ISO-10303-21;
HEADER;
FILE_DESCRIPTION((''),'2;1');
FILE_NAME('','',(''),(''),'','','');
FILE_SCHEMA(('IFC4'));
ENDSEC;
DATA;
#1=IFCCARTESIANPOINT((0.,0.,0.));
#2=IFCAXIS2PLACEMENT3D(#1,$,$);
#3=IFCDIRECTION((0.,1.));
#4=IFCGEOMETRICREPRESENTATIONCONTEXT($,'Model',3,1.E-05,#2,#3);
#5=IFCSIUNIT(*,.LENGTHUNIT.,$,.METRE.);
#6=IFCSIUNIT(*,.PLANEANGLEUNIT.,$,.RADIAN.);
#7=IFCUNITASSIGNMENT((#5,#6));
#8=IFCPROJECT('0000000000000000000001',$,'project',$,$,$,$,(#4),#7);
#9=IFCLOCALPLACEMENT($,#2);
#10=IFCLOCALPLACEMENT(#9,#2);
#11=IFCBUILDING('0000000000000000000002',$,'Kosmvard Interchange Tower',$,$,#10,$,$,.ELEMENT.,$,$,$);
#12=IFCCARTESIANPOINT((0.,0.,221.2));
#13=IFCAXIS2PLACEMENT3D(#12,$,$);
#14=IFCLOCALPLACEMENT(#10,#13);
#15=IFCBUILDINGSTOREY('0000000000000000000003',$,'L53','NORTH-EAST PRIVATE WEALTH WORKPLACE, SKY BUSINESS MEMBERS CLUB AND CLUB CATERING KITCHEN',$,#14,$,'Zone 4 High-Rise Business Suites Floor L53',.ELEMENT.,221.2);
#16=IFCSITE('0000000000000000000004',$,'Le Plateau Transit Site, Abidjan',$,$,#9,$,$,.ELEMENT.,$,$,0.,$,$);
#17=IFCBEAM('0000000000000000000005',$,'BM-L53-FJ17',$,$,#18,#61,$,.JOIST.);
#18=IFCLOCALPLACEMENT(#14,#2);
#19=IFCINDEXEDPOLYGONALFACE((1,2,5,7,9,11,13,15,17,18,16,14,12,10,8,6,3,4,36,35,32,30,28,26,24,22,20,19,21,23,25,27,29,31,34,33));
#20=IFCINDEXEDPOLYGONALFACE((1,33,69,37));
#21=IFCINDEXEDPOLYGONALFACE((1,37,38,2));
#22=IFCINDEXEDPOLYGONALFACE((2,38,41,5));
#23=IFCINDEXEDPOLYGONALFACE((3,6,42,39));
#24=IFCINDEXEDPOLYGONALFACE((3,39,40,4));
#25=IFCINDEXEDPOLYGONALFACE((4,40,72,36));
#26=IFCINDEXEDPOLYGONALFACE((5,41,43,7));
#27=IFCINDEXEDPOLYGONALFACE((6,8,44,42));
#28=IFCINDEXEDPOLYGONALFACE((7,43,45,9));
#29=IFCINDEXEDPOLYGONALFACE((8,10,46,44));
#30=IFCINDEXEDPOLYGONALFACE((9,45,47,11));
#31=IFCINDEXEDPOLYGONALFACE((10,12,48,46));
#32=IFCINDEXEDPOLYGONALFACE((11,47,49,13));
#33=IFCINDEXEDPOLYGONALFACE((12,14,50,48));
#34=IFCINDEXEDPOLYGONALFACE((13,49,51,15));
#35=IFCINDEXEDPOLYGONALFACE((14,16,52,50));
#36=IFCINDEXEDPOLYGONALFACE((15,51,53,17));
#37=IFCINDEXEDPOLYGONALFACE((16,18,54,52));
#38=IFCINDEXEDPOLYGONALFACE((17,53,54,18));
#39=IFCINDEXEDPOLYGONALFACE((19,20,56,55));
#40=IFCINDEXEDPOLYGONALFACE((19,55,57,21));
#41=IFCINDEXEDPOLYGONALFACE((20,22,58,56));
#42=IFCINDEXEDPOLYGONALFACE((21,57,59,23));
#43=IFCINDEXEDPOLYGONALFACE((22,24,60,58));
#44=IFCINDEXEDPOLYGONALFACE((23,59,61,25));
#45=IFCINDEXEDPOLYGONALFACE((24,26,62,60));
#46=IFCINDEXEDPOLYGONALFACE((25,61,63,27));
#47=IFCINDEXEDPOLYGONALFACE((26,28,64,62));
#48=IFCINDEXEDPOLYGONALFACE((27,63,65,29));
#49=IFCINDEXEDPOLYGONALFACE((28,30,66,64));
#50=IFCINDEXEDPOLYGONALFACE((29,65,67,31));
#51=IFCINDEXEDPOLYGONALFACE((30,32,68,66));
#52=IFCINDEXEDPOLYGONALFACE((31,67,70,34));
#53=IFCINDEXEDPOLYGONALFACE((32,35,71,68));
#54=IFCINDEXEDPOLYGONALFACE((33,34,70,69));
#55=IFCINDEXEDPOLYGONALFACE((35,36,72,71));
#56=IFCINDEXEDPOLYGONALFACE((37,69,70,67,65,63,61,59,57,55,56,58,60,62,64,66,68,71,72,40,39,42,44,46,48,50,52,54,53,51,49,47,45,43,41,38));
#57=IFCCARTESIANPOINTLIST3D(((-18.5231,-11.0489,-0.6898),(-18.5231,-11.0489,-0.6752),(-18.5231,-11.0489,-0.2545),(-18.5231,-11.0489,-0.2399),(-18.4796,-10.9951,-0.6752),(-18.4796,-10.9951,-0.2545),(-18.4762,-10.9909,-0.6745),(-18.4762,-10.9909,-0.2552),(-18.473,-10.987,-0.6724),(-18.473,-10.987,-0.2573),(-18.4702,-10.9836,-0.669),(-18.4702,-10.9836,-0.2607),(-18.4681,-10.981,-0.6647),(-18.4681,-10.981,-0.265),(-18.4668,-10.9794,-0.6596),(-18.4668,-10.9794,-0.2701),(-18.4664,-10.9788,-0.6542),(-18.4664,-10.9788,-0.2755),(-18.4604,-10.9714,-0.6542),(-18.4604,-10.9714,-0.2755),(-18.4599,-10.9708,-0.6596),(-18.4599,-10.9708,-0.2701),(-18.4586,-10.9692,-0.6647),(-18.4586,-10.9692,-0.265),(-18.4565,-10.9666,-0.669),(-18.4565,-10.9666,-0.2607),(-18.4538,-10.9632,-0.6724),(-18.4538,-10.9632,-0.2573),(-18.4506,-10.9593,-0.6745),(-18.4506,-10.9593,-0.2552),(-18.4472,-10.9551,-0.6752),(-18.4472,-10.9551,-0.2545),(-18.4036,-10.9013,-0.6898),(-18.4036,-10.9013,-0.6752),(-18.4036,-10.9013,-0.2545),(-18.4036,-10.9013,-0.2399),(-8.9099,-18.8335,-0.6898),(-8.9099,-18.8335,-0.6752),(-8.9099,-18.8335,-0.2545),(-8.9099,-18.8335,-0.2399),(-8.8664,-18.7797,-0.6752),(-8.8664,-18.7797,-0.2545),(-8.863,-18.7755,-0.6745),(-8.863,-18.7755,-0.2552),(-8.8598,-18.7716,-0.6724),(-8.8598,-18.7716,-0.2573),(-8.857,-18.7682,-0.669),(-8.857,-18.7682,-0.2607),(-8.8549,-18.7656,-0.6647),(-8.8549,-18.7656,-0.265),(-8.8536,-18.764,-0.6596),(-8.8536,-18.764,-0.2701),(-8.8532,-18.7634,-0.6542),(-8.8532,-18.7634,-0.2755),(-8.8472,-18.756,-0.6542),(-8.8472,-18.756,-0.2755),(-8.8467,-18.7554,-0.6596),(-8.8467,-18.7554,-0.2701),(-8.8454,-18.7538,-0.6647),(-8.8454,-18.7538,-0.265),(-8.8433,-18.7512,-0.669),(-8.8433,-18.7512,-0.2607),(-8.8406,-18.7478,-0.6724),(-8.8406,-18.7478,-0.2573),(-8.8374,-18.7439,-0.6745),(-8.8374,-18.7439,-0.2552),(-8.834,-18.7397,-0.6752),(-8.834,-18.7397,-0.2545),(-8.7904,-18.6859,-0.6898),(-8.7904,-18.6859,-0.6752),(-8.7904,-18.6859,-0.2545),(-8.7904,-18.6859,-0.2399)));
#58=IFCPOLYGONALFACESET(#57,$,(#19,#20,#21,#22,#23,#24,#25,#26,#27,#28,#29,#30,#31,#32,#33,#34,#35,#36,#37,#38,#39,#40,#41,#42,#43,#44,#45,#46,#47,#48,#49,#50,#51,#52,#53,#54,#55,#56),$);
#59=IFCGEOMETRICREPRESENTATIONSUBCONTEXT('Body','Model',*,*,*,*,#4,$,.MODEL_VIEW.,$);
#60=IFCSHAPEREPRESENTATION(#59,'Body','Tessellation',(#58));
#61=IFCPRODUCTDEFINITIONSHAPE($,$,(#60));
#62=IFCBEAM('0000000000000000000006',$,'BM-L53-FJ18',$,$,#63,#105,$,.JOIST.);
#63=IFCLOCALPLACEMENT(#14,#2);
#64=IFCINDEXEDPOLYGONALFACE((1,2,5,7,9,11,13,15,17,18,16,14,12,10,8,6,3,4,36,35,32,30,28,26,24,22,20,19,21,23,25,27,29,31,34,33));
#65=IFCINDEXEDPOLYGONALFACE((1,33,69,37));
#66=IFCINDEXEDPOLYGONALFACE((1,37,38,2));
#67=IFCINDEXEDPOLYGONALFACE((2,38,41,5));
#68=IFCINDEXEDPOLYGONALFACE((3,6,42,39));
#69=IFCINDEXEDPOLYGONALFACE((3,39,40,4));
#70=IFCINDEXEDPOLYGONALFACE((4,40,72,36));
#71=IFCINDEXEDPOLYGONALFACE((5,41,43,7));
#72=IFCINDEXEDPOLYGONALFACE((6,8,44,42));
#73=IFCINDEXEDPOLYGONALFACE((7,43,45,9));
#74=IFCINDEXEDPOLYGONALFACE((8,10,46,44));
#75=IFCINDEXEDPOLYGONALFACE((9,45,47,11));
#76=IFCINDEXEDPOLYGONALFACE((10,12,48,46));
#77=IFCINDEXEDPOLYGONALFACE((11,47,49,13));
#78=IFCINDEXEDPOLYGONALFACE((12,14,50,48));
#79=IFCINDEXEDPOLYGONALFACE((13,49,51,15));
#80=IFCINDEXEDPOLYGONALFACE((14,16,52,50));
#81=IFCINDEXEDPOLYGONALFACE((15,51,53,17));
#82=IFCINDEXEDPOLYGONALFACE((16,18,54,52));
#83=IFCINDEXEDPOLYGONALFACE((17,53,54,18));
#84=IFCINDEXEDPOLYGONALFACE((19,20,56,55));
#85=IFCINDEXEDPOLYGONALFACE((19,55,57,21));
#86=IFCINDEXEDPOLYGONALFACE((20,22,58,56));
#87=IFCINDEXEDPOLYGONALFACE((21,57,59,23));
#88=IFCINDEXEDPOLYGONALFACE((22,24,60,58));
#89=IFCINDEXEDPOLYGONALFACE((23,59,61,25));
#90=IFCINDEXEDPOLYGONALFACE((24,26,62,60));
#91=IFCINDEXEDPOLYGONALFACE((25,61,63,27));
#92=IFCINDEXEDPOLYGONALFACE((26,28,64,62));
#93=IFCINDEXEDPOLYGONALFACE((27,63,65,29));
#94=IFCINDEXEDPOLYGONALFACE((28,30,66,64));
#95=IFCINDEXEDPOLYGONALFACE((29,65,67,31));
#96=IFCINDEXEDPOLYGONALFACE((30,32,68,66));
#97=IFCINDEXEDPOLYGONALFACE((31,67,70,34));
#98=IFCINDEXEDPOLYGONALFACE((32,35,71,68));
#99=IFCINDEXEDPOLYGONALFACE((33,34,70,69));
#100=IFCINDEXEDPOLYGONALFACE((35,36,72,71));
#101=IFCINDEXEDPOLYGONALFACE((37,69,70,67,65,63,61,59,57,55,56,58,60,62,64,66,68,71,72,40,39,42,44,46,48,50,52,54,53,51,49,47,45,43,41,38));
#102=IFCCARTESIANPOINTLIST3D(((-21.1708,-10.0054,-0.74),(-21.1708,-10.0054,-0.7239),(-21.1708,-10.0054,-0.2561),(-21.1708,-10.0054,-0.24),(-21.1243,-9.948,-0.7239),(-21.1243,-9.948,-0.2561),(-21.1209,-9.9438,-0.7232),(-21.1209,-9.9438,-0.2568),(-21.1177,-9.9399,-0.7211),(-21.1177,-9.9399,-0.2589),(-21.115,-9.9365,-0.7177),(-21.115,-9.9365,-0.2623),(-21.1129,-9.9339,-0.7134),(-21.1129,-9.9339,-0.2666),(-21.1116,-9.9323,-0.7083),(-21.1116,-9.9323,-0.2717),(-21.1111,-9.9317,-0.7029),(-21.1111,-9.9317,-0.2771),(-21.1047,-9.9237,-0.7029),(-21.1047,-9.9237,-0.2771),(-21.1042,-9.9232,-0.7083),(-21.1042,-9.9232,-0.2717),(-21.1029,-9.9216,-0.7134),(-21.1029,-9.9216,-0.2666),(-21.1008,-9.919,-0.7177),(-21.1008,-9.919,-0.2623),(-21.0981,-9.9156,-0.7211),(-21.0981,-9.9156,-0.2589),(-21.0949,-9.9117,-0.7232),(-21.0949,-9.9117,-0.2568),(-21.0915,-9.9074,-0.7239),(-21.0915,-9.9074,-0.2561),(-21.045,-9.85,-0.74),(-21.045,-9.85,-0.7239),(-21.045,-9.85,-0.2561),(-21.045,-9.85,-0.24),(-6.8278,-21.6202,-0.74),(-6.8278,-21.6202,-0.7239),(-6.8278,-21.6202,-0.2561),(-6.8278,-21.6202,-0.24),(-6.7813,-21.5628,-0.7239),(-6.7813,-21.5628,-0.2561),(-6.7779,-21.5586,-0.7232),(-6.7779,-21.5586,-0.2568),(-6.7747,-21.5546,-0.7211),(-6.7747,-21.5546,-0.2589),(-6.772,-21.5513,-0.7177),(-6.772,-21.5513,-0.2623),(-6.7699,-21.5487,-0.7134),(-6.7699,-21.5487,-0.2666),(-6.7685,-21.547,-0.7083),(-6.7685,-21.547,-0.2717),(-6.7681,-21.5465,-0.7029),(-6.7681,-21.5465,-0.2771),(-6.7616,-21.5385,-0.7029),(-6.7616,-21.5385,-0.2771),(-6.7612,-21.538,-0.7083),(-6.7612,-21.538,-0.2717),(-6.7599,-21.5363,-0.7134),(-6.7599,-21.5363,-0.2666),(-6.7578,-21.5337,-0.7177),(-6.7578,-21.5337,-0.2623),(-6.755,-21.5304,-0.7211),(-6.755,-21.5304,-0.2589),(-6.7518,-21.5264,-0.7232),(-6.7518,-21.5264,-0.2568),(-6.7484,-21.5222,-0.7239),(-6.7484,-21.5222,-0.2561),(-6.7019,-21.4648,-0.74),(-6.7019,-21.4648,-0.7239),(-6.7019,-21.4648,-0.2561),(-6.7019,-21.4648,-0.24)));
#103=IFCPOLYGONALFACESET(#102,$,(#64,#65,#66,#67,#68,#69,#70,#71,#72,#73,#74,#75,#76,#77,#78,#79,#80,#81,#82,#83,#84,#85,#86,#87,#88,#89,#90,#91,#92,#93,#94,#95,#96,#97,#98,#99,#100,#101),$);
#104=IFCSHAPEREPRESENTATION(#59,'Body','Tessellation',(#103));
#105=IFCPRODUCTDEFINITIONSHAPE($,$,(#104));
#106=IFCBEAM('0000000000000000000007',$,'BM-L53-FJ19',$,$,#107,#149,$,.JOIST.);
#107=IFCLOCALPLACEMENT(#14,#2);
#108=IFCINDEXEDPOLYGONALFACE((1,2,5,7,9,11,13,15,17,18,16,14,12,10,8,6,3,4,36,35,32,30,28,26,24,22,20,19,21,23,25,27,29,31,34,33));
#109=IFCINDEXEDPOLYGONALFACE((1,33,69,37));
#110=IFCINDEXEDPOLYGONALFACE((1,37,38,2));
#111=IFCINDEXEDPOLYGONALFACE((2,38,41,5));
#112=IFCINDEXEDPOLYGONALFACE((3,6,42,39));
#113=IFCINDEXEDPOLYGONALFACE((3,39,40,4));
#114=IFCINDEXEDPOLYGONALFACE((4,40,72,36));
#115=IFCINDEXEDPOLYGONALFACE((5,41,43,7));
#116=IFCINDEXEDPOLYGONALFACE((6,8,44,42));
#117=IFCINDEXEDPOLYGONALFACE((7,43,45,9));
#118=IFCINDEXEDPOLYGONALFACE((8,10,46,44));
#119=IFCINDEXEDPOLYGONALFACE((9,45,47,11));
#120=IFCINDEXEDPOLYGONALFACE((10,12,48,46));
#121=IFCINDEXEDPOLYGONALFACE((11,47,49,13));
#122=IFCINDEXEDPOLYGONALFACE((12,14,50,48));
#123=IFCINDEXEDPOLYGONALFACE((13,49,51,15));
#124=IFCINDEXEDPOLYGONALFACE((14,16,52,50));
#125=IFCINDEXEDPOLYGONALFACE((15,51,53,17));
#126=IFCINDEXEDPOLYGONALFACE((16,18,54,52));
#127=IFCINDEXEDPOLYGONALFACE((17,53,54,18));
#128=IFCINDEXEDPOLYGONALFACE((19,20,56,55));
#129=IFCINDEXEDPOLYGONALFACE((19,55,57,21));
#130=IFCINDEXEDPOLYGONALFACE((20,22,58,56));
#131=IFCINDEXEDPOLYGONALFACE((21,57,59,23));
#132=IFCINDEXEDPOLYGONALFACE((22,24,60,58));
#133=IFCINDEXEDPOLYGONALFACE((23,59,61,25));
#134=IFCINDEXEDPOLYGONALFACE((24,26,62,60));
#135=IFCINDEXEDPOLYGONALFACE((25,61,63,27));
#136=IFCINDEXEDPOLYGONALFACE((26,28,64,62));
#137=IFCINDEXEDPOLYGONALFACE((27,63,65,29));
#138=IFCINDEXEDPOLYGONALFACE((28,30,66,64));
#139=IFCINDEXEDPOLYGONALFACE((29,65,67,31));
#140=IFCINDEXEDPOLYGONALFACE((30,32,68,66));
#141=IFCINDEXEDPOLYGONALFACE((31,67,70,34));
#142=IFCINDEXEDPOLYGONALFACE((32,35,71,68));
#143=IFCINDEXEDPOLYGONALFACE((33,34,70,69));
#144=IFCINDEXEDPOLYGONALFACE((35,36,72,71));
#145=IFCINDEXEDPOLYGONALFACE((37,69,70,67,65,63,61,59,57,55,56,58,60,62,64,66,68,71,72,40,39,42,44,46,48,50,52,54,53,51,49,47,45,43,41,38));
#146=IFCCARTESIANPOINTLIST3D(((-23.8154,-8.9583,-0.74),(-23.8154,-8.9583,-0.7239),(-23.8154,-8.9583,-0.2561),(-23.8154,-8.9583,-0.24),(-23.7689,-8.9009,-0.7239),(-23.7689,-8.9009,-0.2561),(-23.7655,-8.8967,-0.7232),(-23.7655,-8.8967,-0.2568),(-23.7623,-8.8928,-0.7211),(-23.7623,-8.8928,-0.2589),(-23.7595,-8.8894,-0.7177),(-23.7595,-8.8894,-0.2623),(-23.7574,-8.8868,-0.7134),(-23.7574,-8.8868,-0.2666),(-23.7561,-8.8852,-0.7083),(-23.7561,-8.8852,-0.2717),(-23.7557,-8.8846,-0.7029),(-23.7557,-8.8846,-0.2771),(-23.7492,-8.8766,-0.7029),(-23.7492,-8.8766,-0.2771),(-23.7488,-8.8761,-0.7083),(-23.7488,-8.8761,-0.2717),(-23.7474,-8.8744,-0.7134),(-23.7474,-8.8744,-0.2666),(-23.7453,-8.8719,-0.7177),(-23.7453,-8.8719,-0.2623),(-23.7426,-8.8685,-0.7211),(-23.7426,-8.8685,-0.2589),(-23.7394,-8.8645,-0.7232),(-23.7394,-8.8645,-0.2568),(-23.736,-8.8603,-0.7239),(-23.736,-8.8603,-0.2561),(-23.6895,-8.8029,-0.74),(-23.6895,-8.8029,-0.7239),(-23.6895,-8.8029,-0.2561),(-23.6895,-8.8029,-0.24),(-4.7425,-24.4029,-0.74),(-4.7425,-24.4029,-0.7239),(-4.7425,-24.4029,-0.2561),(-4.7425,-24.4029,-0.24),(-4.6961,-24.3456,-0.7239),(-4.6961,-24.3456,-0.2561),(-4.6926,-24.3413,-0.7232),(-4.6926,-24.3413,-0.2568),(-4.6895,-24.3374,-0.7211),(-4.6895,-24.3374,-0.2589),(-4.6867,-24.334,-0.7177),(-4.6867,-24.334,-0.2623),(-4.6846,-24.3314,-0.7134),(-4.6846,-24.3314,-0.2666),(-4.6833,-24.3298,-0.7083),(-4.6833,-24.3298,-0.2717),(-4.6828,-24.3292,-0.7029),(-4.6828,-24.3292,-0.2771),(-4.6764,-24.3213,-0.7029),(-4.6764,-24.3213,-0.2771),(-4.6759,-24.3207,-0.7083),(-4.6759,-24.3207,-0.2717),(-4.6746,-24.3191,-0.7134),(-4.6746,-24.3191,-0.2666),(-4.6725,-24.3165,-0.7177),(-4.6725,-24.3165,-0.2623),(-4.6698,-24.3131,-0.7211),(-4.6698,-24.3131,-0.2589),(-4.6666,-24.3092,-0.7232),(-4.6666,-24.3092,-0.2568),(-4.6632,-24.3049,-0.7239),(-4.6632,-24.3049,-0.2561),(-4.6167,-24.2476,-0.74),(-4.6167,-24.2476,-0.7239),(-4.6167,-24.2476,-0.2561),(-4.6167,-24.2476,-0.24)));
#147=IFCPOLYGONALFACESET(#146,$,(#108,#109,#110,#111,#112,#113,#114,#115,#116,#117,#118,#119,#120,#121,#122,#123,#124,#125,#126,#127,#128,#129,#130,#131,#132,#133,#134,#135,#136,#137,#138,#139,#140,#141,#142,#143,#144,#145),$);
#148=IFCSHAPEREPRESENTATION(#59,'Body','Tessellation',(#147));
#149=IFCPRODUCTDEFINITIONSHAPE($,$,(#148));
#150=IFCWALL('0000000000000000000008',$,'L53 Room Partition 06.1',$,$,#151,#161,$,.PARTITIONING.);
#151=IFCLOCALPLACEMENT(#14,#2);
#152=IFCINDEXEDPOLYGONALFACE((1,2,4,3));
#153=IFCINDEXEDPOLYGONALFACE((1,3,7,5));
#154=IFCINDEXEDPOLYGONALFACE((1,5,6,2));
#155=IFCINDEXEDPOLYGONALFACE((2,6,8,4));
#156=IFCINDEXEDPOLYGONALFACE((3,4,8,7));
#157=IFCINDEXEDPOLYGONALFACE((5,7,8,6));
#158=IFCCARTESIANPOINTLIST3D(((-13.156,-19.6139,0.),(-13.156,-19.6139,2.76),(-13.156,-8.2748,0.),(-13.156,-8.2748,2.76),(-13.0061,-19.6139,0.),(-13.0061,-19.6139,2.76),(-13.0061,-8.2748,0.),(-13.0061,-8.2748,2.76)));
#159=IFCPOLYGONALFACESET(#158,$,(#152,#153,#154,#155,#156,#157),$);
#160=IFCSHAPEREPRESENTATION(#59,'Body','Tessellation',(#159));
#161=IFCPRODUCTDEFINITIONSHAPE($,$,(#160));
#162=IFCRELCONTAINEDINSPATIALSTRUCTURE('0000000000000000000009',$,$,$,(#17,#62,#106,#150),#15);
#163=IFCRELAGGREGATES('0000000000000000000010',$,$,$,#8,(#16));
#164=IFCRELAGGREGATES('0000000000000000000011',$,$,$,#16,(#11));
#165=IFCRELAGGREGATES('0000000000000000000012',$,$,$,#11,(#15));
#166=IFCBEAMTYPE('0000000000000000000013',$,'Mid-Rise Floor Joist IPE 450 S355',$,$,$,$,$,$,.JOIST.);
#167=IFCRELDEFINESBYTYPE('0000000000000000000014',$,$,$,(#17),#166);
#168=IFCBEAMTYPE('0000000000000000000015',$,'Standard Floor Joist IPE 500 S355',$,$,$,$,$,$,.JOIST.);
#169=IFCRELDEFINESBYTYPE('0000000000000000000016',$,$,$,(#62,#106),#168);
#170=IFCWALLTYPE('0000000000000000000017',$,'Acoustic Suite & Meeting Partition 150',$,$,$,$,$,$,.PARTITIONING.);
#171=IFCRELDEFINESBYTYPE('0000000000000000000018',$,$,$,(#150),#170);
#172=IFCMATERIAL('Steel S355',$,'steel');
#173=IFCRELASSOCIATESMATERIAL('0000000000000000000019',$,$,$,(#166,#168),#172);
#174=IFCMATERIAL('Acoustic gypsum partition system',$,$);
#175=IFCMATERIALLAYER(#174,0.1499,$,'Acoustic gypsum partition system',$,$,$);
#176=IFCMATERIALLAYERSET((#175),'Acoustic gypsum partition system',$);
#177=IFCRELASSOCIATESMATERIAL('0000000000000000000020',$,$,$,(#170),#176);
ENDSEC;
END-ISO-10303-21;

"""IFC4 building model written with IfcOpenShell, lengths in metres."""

from ifc_helpers import new_model, si_unit, direction, frame, frame_2d, origin, origin_2d, place, context, subcontext, project, spatial, rectangle, i_section, extrude, source, transform, mapped, material, layer, layer_set, material_profile, profile_set, type_object, element, save


model = new_model("IFC4")

# Units and contexts
model_context = context("Model", 3, precision=1e-05, world=origin(), true_north=direction((0.0, 1.0)))
body_context = subcontext(model_context, "Body", "Model", "MODEL_VIEW")
ifc_project = project(units=[si_unit("LENGTHUNIT", "METRE"), si_unit("PLANEANGLEUNIT", "RADIAN")], contexts=[model_context])

# Site, building, storey
site_placement = place(None, origin())
site = spatial("IfcSite", under=ifc_project, at=site_placement, Name="Le Plateau Transit Site, Abidjan", CompositionType="ELEMENT", RefElevation=0.0)
building_placement = place(site_placement, origin())
building = spatial("IfcBuilding", under=site, at=building_placement, Name="Kosmvard Interchange Tower", CompositionType="ELEMENT")
storey_placement = place(building_placement, frame((0.0, 0.0, 221.2)))
storey = spatial("IfcBuildingStorey", under=building, at=storey_placement, Name="L53", Description="NORTH-EAST PRIVATE WEALTH WORKPLACE, SKY BUSINESS MEMBERS CLUB AND CLUB CATERING KITCHEN", LongName="Zone 4 High-Rise Business Suites Floor L53", CompositionType="ELEMENT", Elevation=221.2)

# Beams
ifc_material_1 = material(Name="Steel S355", Category="steel")
ifc_material_profile_1 = material_profile(ifc_material_1, i_section(OverallWidth=0.1899, OverallDepth=0.45, WebThickness=0.0095, FlangeThickness=0.0146, FilletRadius=0.021, at=origin_2d()), Name="IPE 450")
ifc_profile_set_1 = profile_set([ifc_material_profile_1], Name="Steel S355")
beam_type_1 = type_object("IfcBeamType", Name="Mid-Rise Floor Joist IPE 450 S355", PredefinedType="JOIST", material=ifc_profile_set_1)
shared_shape_1 = source(origin(), body_context, "Body", "SweptSolid", [
    extrude(i_section(OverallWidth=0.1899, OverallDepth=0.45, WebThickness=0.0095, FlangeThickness=0.0146, FilletRadius=0.021, at=origin_2d()), origin(), (0.0, 0.0, 1.0), 12.3699),
])
beam_1_placement = place(storey_placement, frame((-18.4634, -10.9751, -0.4648), z_axis=(0.777147, -0.62932, 0.0), x_axis=(0.62932, 0.777147, 0.0)))
element("IfcBeam", 1, at=beam_1_placement, inside=storey, type_object=beam_type_1, Name="BM-L53-FJ17", PredefinedType="JOIST", context=body_context, shape_type="MappedRepresentation", body=[
    mapped(shared_shape_1, transform((0.0, 0.0, 0.0), scale=1.0)),
])
ifc_material_profile_2 = material_profile(ifc_material_1, i_section(OverallWidth=0.2, OverallDepth=0.5, WebThickness=0.0103, FlangeThickness=0.0161, FilletRadius=0.021, at=origin_2d()), Name="IPE 500")
ifc_profile_set_2 = profile_set([ifc_material_profile_2], Name="Steel S355")
beam_type_2 = type_object("IfcBeamType", Name="Standard Floor Joist IPE 500 S355", PredefinedType="JOIST", material=ifc_profile_set_2)
shared_shape_2 = source(origin(), body_context, "Body", "SweptSolid", [
    extrude(i_section(OverallWidth=0.2, OverallDepth=0.5, WebThickness=0.0103, FlangeThickness=0.0161, FilletRadius=0.021, at=origin_2d()), origin(), (0.0, 0.0, 1.0), 18.4561),
])
beam_2_placement = place(storey_placement, frame((-21.1079, -9.9277, -0.49), z_axis=(0.777146, -0.62932, 0.0), x_axis=(0.62932, 0.777146, 0.0)))
element("IfcBeam", 2, at=beam_2_placement, inside=storey, type_object=beam_type_2, Name="BM-L53-FJ18", PredefinedType="JOIST", context=body_context, shape_type="MappedRepresentation", body=[
    mapped(shared_shape_2, transform((0.0, 0.0, 0.0), scale=1.0)),
])
shared_shape_3 = source(origin(), body_context, "Body", "SweptSolid", [
    extrude(i_section(OverallWidth=0.2, OverallDepth=0.5, WebThickness=0.0103, FlangeThickness=0.0161, FilletRadius=0.021, at=origin_2d()), origin(), (0.0, 0.0, 1.0), 24.542),
])
beam_3_placement = place(storey_placement, frame((-23.7524, -8.8806, -0.49), z_axis=(0.777151, -0.629315, 0.0), x_axis=(0.629315, 0.777151, 0.0)))
element("IfcBeam", 3, at=beam_3_placement, inside=storey, type_object=beam_type_2, Name="BM-L53-FJ19", PredefinedType="JOIST", context=body_context, shape_type="MappedRepresentation", body=[
    mapped(shared_shape_3, transform((0.0, 0.0, 0.0), scale=1.0)),
])

# Wall
ifc_material_2 = material(Name="Acoustic gypsum partition system")
ifc_layer_1 = layer(ifc_material_2, 0.1499, Name="Acoustic gypsum partition system")
ifc_layer_set_1 = layer_set([ifc_layer_1], Name="Acoustic gypsum partition system")
wall_type_1 = type_object("IfcWallType", Name="Acoustic Suite & Meeting Partition 150", PredefinedType="PARTITIONING", material=ifc_layer_set_1)
wall_1_placement = place(storey_placement, frame((-13.0811, -8.2749, 0.0), z_axis=(0.0, 0.0, 1.0), x_axis=(0.0, -1.0, 0.0)))
element("IfcWall", 4, at=wall_1_placement, inside=storey, type_object=wall_type_1, Name="L53 Room Partition 06.1", PredefinedType="PARTITIONING", context=body_context, shape_type="SweptSolid", body=[
    extrude(rectangle(XDim=11.3391, YDim=0.1499, at=frame_2d((5.6694, 0.0))), origin(), (0.0, 0.0, 1.0), 2.76),
])

save(model, "model.ifc")
